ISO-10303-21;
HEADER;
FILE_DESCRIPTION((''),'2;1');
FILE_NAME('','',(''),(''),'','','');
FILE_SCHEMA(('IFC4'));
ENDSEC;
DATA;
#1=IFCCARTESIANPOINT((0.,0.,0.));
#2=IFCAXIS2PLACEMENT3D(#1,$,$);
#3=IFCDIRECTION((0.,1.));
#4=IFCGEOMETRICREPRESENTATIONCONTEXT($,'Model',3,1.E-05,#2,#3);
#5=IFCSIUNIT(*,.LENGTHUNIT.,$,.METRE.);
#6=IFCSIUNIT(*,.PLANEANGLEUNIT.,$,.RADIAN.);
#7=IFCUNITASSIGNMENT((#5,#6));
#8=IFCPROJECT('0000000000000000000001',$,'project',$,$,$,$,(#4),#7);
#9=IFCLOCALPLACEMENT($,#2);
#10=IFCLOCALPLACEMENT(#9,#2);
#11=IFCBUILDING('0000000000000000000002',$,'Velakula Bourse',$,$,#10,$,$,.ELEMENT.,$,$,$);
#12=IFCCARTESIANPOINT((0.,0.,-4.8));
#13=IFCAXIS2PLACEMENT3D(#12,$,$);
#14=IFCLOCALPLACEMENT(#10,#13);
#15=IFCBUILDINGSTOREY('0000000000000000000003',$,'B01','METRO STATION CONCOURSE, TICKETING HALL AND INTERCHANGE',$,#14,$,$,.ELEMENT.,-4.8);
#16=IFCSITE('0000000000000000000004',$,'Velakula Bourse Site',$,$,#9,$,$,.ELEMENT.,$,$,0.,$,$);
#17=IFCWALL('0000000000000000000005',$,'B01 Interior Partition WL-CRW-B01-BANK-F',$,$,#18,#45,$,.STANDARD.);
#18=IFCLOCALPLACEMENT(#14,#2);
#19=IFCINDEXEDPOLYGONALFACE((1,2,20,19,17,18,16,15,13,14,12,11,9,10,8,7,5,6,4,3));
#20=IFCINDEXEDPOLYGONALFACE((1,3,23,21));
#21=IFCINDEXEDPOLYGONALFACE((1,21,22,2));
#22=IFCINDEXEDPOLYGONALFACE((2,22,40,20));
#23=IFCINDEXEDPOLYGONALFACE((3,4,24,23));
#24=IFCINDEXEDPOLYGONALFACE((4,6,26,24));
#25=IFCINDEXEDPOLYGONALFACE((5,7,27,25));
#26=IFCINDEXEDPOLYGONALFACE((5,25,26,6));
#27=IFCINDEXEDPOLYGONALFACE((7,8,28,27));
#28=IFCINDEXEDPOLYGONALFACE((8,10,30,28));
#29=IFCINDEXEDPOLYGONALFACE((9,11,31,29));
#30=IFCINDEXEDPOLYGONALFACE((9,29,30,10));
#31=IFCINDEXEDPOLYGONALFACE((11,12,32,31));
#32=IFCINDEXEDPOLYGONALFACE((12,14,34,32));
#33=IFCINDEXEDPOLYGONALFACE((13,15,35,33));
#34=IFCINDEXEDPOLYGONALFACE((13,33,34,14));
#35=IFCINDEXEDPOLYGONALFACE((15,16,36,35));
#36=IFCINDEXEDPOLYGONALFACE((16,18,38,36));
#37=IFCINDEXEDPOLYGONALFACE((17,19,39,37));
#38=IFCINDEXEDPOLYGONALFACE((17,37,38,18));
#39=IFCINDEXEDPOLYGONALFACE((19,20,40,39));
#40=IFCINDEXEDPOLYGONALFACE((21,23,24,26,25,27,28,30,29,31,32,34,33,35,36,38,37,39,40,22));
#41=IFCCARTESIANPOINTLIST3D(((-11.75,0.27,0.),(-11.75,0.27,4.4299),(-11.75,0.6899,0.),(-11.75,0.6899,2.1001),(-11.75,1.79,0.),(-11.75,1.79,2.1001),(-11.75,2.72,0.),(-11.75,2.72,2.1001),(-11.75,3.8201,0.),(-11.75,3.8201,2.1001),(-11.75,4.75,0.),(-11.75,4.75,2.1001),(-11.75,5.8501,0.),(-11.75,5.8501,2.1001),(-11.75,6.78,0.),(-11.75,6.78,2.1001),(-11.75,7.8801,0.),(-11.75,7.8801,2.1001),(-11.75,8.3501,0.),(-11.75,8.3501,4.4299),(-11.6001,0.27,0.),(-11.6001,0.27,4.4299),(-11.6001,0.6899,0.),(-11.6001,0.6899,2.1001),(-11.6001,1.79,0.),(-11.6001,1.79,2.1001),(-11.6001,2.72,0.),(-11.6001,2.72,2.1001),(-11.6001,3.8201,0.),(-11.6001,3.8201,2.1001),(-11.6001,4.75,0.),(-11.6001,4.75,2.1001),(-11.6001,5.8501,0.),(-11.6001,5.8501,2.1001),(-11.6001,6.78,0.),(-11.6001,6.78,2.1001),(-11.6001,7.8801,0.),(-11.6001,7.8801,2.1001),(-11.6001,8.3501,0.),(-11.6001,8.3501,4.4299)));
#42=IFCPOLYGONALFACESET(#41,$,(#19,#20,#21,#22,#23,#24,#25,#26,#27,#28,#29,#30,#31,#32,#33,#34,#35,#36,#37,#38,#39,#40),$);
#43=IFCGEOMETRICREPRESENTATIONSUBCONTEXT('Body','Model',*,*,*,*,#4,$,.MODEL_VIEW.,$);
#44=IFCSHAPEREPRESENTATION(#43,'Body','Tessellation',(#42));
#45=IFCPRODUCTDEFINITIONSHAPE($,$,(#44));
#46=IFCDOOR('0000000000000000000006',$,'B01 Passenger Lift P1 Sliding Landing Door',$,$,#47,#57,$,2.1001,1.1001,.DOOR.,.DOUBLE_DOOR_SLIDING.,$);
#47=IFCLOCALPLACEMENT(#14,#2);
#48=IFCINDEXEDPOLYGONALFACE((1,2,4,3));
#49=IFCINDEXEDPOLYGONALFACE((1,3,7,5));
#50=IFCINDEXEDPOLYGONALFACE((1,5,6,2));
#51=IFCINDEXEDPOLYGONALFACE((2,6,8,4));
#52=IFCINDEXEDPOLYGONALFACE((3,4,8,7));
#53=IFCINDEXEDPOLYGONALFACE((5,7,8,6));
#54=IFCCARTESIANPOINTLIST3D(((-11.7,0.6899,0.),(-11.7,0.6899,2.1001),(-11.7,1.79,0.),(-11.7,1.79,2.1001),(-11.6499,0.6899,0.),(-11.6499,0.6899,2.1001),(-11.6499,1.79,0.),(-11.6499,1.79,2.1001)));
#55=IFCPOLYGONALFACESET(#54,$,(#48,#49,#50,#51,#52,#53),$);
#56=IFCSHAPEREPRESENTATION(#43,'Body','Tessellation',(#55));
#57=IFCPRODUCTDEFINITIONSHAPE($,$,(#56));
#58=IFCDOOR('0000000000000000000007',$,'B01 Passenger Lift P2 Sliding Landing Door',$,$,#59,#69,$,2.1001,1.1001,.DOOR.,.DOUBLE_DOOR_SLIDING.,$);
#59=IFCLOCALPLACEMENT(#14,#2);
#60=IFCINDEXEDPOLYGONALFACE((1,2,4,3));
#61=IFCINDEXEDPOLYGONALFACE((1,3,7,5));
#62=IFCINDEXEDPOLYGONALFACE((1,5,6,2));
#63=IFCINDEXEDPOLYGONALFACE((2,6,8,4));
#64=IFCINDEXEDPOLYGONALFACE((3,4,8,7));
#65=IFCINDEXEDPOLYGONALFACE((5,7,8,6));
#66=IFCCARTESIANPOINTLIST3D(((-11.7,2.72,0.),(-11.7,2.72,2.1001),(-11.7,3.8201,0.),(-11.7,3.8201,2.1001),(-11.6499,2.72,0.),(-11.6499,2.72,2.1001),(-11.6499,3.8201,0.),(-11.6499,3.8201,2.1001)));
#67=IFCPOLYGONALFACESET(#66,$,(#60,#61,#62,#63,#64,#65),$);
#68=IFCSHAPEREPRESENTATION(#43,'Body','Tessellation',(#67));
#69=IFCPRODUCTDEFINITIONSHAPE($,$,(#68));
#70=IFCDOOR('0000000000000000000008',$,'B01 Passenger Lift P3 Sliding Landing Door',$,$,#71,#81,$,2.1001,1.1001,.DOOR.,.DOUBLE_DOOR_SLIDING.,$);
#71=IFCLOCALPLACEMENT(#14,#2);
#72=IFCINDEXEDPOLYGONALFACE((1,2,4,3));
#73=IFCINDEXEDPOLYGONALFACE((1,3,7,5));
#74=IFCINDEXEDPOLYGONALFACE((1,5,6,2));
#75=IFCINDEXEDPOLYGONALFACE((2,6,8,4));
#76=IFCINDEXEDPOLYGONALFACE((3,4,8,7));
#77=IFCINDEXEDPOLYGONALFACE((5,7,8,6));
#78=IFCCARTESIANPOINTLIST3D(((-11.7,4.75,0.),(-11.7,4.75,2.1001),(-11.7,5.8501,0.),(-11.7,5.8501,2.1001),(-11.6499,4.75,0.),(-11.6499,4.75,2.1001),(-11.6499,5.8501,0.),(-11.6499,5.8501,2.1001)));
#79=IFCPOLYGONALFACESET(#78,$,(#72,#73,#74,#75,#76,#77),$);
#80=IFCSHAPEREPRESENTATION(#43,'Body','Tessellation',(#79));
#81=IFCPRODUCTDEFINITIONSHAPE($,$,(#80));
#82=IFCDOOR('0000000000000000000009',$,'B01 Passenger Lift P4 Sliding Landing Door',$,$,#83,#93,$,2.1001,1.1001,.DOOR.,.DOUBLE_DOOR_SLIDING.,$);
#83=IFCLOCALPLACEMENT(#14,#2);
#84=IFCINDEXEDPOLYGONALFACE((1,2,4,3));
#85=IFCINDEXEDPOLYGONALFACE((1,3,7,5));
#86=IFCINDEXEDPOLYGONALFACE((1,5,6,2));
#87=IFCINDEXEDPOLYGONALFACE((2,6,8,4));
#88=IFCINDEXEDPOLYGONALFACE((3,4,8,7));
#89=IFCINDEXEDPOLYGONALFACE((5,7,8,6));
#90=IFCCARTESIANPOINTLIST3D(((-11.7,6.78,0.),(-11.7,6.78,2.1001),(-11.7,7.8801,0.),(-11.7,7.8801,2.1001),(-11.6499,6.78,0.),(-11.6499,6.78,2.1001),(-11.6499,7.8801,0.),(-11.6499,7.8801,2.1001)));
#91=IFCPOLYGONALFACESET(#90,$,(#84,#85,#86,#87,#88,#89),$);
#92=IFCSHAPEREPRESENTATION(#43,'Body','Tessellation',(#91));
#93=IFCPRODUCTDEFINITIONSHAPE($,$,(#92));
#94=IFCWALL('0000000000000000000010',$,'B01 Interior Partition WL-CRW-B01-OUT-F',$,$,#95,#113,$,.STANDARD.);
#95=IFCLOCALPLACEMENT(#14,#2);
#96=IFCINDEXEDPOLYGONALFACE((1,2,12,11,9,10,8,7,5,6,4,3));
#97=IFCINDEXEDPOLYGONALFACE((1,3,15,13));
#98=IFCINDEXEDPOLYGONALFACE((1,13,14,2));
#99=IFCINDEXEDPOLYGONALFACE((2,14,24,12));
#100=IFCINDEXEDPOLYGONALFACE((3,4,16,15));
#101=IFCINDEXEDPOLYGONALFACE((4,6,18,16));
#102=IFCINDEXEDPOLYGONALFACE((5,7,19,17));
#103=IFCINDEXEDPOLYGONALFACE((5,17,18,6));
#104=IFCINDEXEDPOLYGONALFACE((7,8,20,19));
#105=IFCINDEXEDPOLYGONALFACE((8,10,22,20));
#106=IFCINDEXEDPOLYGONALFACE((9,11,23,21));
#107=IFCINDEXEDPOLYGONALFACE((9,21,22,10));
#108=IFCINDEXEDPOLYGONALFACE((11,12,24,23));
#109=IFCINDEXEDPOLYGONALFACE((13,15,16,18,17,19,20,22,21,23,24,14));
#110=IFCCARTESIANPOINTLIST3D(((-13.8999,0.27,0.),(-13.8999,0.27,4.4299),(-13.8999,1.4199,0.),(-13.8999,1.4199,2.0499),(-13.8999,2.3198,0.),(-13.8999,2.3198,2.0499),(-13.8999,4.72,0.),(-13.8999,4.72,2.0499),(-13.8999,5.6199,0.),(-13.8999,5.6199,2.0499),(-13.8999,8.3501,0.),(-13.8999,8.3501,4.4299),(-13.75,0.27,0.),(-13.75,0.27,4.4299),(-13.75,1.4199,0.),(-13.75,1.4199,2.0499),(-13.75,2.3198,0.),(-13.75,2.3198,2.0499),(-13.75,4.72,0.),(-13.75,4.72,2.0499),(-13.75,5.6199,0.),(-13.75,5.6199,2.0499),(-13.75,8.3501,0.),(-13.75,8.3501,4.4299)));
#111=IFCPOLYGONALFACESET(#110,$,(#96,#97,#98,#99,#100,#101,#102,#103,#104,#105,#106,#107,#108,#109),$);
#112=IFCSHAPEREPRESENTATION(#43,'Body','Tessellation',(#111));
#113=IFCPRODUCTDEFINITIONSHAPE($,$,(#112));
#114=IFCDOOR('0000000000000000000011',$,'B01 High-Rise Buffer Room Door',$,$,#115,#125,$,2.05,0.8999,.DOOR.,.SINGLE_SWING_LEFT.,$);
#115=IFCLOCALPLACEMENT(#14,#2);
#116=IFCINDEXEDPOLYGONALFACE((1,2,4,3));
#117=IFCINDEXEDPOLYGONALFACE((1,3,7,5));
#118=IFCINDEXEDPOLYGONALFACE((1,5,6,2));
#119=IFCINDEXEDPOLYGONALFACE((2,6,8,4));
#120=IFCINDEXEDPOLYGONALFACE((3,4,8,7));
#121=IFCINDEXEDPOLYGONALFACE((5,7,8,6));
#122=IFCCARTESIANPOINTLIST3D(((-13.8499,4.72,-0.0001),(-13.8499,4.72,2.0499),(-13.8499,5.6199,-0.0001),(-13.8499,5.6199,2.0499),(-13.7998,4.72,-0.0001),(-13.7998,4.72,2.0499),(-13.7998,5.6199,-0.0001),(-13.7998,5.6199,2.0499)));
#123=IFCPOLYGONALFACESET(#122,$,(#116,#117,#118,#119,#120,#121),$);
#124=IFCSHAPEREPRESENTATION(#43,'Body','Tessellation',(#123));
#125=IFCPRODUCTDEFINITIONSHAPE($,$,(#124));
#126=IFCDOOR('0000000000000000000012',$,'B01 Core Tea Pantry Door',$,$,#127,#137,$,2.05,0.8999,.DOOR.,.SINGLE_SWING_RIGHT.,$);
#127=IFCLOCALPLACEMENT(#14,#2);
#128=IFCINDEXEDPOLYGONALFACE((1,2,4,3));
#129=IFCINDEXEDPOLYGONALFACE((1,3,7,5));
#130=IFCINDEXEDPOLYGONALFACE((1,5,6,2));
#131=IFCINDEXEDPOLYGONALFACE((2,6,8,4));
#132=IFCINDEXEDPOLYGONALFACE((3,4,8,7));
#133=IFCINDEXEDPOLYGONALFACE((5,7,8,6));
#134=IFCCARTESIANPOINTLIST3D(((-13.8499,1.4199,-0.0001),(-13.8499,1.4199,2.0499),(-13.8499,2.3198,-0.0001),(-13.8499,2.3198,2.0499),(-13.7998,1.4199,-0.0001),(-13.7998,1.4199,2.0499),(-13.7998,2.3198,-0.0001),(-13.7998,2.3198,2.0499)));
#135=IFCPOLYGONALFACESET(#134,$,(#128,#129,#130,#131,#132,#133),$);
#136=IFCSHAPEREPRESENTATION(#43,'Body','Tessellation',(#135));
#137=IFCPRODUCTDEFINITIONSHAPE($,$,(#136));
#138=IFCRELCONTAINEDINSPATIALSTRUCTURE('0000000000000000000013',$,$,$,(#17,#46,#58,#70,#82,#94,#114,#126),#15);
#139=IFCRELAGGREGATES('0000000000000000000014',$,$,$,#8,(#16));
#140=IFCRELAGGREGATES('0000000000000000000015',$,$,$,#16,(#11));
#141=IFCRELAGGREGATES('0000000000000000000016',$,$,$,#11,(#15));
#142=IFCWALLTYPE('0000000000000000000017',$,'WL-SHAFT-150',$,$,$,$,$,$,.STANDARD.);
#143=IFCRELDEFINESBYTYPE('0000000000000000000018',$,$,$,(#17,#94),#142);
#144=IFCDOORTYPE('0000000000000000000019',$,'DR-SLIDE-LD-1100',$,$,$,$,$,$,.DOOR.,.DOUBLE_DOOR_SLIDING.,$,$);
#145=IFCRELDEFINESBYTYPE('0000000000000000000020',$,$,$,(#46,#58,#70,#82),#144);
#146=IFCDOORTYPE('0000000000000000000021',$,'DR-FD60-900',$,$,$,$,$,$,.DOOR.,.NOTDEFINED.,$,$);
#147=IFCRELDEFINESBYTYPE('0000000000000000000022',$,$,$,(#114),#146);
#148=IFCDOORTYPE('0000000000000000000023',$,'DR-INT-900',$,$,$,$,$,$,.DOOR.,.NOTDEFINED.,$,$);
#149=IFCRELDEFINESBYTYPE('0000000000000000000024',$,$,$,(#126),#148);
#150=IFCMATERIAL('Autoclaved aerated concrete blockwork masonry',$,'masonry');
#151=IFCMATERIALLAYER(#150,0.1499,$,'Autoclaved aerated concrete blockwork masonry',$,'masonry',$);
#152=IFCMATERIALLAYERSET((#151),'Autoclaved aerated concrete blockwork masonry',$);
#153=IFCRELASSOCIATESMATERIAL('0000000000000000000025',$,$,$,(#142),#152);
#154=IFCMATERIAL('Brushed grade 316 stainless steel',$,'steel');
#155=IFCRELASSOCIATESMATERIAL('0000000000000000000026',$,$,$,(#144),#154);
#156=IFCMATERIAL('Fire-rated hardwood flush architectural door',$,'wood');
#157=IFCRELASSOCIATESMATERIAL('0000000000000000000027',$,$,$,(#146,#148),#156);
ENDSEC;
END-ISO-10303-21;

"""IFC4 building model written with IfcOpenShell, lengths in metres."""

from ifc_helpers import new_model, si_unit, direction, frame, frame_2d, origin, place, context, subcontext, project, spatial, rectangle, extrude, material, layer, layer_set, type_object, element, fill, save


model = new_model("IFC4")

# Units and contexts
model_context = context("Model", 3, precision=1e-05, world=origin(), true_north=direction((0.0, 1.0)))
body_context = subcontext(model_context, "Body", "Model", "MODEL_VIEW")
ifc_project = project(units=[si_unit("LENGTHUNIT", "METRE"), si_unit("PLANEANGLEUNIT", "RADIAN")], contexts=[model_context])

# Site, building, storey
site_placement = place(None, origin())
site = spatial("IfcSite", under=ifc_project, at=site_placement, Name="Velakula Bourse Site", CompositionType="ELEMENT", RefElevation=0.0)
building_placement = place(site_placement, origin())
building = spatial("IfcBuilding", under=site, at=building_placement, Name="Velakula Bourse", CompositionType="ELEMENT")
storey_placement = place(building_placement, frame((0.0, 0.0, -4.8)))
storey = spatial("IfcBuildingStorey", under=building, at=storey_placement, Name="B01", Description="METRO STATION CONCOURSE, TICKETING HALL AND INTERCHANGE", CompositionType="ELEMENT", Elevation=-4.8)

# Shared definitions
ifc_material_1 = material(Name="Fire-rated hardwood flush architectural door", Category="wood")

# Shared definitions
ifc_material_2 = material(Name="Autoclaved aerated concrete blockwork masonry", Category="masonry")
ifc_layer_1 = layer(ifc_material_2, 0.1499, Name="Autoclaved aerated concrete blockwork masonry", Category="masonry")
ifc_layer_set_1 = layer_set([ifc_layer_1], Name="Autoclaved aerated concrete blockwork masonry")
wall_type_1 = type_object("IfcWallType", Name="WL-SHAFT-150", PredefinedType="STANDARD", material=ifc_layer_set_1)

# Walls, openings, doors
wall_1_placement = place(storey_placement, frame((-11.675, 0.27, 0.0), z_axis=(0.0, 0.0, 1.0), x_axis=(0.0, 1.0, 0.0)))
wall_1 = element("IfcWall", 1, at=wall_1_placement, inside=storey, type_object=wall_type_1, Name="B01 Interior Partition WL-CRW-B01-BANK-F", PredefinedType="STANDARD", context=body_context, shape_type="SweptSolid", body=[
    extrude(rectangle(XDim=8.0801, YDim=0.1499, at=frame_2d((4.04, 0.0))), origin(), (0.0, 0.0, 1.0), 4.4299),
])
opening_1_placement = place(wall_1_placement, frame((0.4199, 0.0, 0.0)))
opening_1 = element("IfcOpeningElement", 2, at=opening_1_placement, cuts=wall_1, PredefinedType="OPENING", context=body_context, shape_type="SweptSolid", body=[
    extrude(rectangle(XDim=1.1001, YDim=2.1001, at=frame_2d((0.55, 1.05))), frame((0.0, 0.085, 0.0), z_axis=(0.0, -1.0, 0.0), x_axis=(1.0, 0.0, 0.0)), (0.0, 0.0, 1.0), 0.1699),
])
opening_2_placement = place(wall_1_placement, frame((2.45, 0.0, 0.0)))
opening_2 = element("IfcOpeningElement", 3, at=opening_2_placement, cuts=wall_1, PredefinedType="OPENING", context=body_context, shape_type="SweptSolid", body=[
    extrude(rectangle(XDim=1.1001, YDim=2.1001, at=frame_2d((0.55, 1.05))), frame((0.0, 0.085, 0.0), z_axis=(0.0, -1.0, 0.0), x_axis=(1.0, 0.0, 0.0)), (0.0, 0.0, 1.0), 0.1699),
])
opening_3_placement = place(wall_1_placement, frame((4.48, 0.0, 0.0)))
opening_3 = element("IfcOpeningElement", 4, at=opening_3_placement, cuts=wall_1, PredefinedType="OPENING", context=body_context, shape_type="SweptSolid", body=[
    extrude(rectangle(XDim=1.1001, YDim=2.1001, at=frame_2d((0.55, 1.05))), frame((0.0, 0.085, 0.0), z_axis=(0.0, -1.0, 0.0), x_axis=(1.0, 0.0, 0.0)), (0.0, 0.0, 1.0), 0.1699),
])
opening_4_placement = place(wall_1_placement, frame((6.51, 0.0, 0.0)))
opening_4 = element("IfcOpeningElement", 5, at=opening_4_placement, cuts=wall_1, PredefinedType="OPENING", context=body_context, shape_type="SweptSolid", body=[
    extrude(rectangle(XDim=1.1001, YDim=2.1001, at=frame_2d((0.55, 1.05))), frame((0.0, 0.085, 0.0), z_axis=(0.0, -1.0, 0.0), x_axis=(1.0, 0.0, 0.0)), (0.0, 0.0, 1.0), 0.1699),
])
ifc_material_3 = material(Name="Brushed grade 316 stainless steel", Category="steel")
door_type_1 = type_object("IfcDoorType", Name="DR-SLIDE-LD-1100", OperationType="DOUBLE_DOOR_SLIDING", PredefinedType="DOOR", material=ifc_material_3)
door_1_placement = place(opening_1_placement, origin())
door_1 = element("IfcDoor", 6, at=door_1_placement, inside=storey, type_object=door_type_1, Name="B01 Passenger Lift P1 Sliding Landing Door", OperationType="DOUBLE_DOOR_SLIDING", OverallHeight=2.1001, OverallWidth=1.1001, PredefinedType="DOOR", context=body_context, shape_type="SweptSolid", body=[
    extrude(rectangle(XDim=1.1001, YDim=2.1001, at=frame_2d((0.55, 1.05))), frame((0.0, 0.0249, 0.0), z_axis=(0.0, -1.0, 0.0), x_axis=(1.0, 0.0, 0.0)), (0.0, 0.0, 1.0), 0.05),
])
fill(opening_1, door_1)
door_2_placement = place(opening_2_placement, origin())
door_2 = element("IfcDoor", 7, at=door_2_placement, inside=storey, type_object=door_type_1, Name="B01 Passenger Lift P2 Sliding Landing Door", OperationType="DOUBLE_DOOR_SLIDING", OverallHeight=2.1001, OverallWidth=1.1001, PredefinedType="DOOR", context=body_context, shape_type="SweptSolid", body=[
    extrude(rectangle(XDim=1.1001, YDim=2.1001, at=frame_2d((0.55, 1.05))), frame((0.0, 0.0249, 0.0), z_axis=(0.0, -1.0, 0.0), x_axis=(1.0, 0.0, 0.0)), (0.0, 0.0, 1.0), 0.05),
])
fill(opening_2, door_2)
door_3_placement = place(opening_3_placement, origin())
door_3 = element("IfcDoor", 8, at=door_3_placement, inside=storey, type_object=door_type_1, Name="B01 Passenger Lift P3 Sliding Landing Door", OperationType="DOUBLE_DOOR_SLIDING", OverallHeight=2.1001, OverallWidth=1.1001, PredefinedType="DOOR", context=body_context, shape_type="SweptSolid", body=[
    extrude(rectangle(XDim=1.1001, YDim=2.1001, at=frame_2d((0.55, 1.05))), frame((0.0, 0.0249, 0.0), z_axis=(0.0, -1.0, 0.0), x_axis=(1.0, 0.0, 0.0)), (0.0, 0.0, 1.0), 0.05),
])
fill(opening_3, door_3)
door_4_placement = place(opening_4_placement, origin())
door_4 = element("IfcDoor", 9, at=door_4_placement, inside=storey, type_object=door_type_1, Name="B01 Passenger Lift P4 Sliding Landing Door", OperationType="DOUBLE_DOOR_SLIDING", OverallHeight=2.1001, OverallWidth=1.1001, PredefinedType="DOOR", context=body_context, shape_type="SweptSolid", body=[
    extrude(rectangle(XDim=1.1001, YDim=2.1001, at=frame_2d((0.55, 1.05))), frame((0.0, 0.0249, 0.0), z_axis=(0.0, -1.0, 0.0), x_axis=(1.0, 0.0, 0.0)), (0.0, 0.0, 1.0), 0.05),
])
fill(opening_4, door_4)
wall_2_placement = place(storey_placement, frame((-13.825, 0.27, 0.0), z_axis=(0.0, 0.0, 1.0), x_axis=(0.0, 1.0, 0.0)))
wall_2 = element("IfcWall", 10, at=wall_2_placement, inside=storey, type_object=wall_type_1, Name="B01 Interior Partition WL-CRW-B01-OUT-F", PredefinedType="STANDARD", context=body_context, shape_type="SweptSolid", body=[
    extrude(rectangle(XDim=8.0801, YDim=0.1499, at=frame_2d((4.04, 0.0))), origin(), (0.0, 0.0, 1.0), 4.4299),
])
opening_5_placement = place(wall_2_placement, frame((4.45, 0.0, 0.0)))
opening_5 = element("IfcOpeningElement", 11, at=opening_5_placement, cuts=wall_2, PredefinedType="OPENING", context=body_context, shape_type="SweptSolid", body=[
    extrude(rectangle(XDim=0.8999, YDim=2.05, at=frame_2d((0.45, 1.0249))), frame((0.0, 0.085, 0.0), z_axis=(0.0, -1.0, 0.0), x_axis=(1.0, 0.0, 0.0)), (0.0, 0.0, 1.0), 0.1699),
])
opening_6_placement = place(wall_2_placement, frame((1.1499, 0.0, 0.0)))
opening_6 = element("IfcOpeningElement", 12, at=opening_6_placement, cuts=wall_2, PredefinedType="OPENING", context=body_context, shape_type="SweptSolid", body=[
    extrude(rectangle(XDim=0.8999, YDim=2.05, at=frame_2d((0.45, 1.0249))), frame((0.0, 0.085, 0.0), z_axis=(0.0, -1.0, 0.0), x_axis=(1.0, 0.0, 0.0)), (0.0, 0.0, 1.0), 0.1699),
])
door_type_2 = type_object("IfcDoorType", Name="DR-FD60-900", OperationType="NOTDEFINED", PredefinedType="DOOR", material=ifc_material_1)
door_5_placement = place(opening_5_placement, origin())
door_5 = element("IfcDoor", 13, at=door_5_placement, inside=storey, type_object=door_type_2, Name="B01 High-Rise Buffer Room Door", OperationType="SINGLE_SWING_LEFT", OverallHeight=2.05, OverallWidth=0.8999, PredefinedType="DOOR", context=body_context, shape_type="SweptSolid", body=[
    extrude(rectangle(XDim=0.8999, YDim=2.05, at=frame_2d((0.45, 1.0249))), frame((0.0, 0.0249, 0.0), z_axis=(0.0, -1.0, 0.0), x_axis=(1.0, 0.0, 0.0)), (0.0, 0.0, 1.0), 0.05),
])
fill(opening_5, door_5)
door_type_3 = type_object("IfcDoorType", Name="DR-INT-900", OperationType="NOTDEFINED", PredefinedType="DOOR", material=ifc_material_1)
door_6_placement = place(opening_6_placement, origin())
door_6 = element("IfcDoor", 14, at=door_6_placement, inside=storey, type_object=door_type_3, Name="B01 Core Tea Pantry Door", OperationType="SINGLE_SWING_RIGHT", OverallHeight=2.05, OverallWidth=0.8999, PredefinedType="DOOR", context=body_context, shape_type="SweptSolid", body=[
    extrude(rectangle(XDim=0.8999, YDim=2.05, at=frame_2d((0.45, 1.0249))), frame((0.0, 0.0249, 0.0), z_axis=(0.0, -1.0, 0.0), x_axis=(1.0, 0.0, 0.0)), (0.0, 0.0, 1.0), 0.05),
])
fill(opening_6, door_6)

save(model, "model.ifc")
